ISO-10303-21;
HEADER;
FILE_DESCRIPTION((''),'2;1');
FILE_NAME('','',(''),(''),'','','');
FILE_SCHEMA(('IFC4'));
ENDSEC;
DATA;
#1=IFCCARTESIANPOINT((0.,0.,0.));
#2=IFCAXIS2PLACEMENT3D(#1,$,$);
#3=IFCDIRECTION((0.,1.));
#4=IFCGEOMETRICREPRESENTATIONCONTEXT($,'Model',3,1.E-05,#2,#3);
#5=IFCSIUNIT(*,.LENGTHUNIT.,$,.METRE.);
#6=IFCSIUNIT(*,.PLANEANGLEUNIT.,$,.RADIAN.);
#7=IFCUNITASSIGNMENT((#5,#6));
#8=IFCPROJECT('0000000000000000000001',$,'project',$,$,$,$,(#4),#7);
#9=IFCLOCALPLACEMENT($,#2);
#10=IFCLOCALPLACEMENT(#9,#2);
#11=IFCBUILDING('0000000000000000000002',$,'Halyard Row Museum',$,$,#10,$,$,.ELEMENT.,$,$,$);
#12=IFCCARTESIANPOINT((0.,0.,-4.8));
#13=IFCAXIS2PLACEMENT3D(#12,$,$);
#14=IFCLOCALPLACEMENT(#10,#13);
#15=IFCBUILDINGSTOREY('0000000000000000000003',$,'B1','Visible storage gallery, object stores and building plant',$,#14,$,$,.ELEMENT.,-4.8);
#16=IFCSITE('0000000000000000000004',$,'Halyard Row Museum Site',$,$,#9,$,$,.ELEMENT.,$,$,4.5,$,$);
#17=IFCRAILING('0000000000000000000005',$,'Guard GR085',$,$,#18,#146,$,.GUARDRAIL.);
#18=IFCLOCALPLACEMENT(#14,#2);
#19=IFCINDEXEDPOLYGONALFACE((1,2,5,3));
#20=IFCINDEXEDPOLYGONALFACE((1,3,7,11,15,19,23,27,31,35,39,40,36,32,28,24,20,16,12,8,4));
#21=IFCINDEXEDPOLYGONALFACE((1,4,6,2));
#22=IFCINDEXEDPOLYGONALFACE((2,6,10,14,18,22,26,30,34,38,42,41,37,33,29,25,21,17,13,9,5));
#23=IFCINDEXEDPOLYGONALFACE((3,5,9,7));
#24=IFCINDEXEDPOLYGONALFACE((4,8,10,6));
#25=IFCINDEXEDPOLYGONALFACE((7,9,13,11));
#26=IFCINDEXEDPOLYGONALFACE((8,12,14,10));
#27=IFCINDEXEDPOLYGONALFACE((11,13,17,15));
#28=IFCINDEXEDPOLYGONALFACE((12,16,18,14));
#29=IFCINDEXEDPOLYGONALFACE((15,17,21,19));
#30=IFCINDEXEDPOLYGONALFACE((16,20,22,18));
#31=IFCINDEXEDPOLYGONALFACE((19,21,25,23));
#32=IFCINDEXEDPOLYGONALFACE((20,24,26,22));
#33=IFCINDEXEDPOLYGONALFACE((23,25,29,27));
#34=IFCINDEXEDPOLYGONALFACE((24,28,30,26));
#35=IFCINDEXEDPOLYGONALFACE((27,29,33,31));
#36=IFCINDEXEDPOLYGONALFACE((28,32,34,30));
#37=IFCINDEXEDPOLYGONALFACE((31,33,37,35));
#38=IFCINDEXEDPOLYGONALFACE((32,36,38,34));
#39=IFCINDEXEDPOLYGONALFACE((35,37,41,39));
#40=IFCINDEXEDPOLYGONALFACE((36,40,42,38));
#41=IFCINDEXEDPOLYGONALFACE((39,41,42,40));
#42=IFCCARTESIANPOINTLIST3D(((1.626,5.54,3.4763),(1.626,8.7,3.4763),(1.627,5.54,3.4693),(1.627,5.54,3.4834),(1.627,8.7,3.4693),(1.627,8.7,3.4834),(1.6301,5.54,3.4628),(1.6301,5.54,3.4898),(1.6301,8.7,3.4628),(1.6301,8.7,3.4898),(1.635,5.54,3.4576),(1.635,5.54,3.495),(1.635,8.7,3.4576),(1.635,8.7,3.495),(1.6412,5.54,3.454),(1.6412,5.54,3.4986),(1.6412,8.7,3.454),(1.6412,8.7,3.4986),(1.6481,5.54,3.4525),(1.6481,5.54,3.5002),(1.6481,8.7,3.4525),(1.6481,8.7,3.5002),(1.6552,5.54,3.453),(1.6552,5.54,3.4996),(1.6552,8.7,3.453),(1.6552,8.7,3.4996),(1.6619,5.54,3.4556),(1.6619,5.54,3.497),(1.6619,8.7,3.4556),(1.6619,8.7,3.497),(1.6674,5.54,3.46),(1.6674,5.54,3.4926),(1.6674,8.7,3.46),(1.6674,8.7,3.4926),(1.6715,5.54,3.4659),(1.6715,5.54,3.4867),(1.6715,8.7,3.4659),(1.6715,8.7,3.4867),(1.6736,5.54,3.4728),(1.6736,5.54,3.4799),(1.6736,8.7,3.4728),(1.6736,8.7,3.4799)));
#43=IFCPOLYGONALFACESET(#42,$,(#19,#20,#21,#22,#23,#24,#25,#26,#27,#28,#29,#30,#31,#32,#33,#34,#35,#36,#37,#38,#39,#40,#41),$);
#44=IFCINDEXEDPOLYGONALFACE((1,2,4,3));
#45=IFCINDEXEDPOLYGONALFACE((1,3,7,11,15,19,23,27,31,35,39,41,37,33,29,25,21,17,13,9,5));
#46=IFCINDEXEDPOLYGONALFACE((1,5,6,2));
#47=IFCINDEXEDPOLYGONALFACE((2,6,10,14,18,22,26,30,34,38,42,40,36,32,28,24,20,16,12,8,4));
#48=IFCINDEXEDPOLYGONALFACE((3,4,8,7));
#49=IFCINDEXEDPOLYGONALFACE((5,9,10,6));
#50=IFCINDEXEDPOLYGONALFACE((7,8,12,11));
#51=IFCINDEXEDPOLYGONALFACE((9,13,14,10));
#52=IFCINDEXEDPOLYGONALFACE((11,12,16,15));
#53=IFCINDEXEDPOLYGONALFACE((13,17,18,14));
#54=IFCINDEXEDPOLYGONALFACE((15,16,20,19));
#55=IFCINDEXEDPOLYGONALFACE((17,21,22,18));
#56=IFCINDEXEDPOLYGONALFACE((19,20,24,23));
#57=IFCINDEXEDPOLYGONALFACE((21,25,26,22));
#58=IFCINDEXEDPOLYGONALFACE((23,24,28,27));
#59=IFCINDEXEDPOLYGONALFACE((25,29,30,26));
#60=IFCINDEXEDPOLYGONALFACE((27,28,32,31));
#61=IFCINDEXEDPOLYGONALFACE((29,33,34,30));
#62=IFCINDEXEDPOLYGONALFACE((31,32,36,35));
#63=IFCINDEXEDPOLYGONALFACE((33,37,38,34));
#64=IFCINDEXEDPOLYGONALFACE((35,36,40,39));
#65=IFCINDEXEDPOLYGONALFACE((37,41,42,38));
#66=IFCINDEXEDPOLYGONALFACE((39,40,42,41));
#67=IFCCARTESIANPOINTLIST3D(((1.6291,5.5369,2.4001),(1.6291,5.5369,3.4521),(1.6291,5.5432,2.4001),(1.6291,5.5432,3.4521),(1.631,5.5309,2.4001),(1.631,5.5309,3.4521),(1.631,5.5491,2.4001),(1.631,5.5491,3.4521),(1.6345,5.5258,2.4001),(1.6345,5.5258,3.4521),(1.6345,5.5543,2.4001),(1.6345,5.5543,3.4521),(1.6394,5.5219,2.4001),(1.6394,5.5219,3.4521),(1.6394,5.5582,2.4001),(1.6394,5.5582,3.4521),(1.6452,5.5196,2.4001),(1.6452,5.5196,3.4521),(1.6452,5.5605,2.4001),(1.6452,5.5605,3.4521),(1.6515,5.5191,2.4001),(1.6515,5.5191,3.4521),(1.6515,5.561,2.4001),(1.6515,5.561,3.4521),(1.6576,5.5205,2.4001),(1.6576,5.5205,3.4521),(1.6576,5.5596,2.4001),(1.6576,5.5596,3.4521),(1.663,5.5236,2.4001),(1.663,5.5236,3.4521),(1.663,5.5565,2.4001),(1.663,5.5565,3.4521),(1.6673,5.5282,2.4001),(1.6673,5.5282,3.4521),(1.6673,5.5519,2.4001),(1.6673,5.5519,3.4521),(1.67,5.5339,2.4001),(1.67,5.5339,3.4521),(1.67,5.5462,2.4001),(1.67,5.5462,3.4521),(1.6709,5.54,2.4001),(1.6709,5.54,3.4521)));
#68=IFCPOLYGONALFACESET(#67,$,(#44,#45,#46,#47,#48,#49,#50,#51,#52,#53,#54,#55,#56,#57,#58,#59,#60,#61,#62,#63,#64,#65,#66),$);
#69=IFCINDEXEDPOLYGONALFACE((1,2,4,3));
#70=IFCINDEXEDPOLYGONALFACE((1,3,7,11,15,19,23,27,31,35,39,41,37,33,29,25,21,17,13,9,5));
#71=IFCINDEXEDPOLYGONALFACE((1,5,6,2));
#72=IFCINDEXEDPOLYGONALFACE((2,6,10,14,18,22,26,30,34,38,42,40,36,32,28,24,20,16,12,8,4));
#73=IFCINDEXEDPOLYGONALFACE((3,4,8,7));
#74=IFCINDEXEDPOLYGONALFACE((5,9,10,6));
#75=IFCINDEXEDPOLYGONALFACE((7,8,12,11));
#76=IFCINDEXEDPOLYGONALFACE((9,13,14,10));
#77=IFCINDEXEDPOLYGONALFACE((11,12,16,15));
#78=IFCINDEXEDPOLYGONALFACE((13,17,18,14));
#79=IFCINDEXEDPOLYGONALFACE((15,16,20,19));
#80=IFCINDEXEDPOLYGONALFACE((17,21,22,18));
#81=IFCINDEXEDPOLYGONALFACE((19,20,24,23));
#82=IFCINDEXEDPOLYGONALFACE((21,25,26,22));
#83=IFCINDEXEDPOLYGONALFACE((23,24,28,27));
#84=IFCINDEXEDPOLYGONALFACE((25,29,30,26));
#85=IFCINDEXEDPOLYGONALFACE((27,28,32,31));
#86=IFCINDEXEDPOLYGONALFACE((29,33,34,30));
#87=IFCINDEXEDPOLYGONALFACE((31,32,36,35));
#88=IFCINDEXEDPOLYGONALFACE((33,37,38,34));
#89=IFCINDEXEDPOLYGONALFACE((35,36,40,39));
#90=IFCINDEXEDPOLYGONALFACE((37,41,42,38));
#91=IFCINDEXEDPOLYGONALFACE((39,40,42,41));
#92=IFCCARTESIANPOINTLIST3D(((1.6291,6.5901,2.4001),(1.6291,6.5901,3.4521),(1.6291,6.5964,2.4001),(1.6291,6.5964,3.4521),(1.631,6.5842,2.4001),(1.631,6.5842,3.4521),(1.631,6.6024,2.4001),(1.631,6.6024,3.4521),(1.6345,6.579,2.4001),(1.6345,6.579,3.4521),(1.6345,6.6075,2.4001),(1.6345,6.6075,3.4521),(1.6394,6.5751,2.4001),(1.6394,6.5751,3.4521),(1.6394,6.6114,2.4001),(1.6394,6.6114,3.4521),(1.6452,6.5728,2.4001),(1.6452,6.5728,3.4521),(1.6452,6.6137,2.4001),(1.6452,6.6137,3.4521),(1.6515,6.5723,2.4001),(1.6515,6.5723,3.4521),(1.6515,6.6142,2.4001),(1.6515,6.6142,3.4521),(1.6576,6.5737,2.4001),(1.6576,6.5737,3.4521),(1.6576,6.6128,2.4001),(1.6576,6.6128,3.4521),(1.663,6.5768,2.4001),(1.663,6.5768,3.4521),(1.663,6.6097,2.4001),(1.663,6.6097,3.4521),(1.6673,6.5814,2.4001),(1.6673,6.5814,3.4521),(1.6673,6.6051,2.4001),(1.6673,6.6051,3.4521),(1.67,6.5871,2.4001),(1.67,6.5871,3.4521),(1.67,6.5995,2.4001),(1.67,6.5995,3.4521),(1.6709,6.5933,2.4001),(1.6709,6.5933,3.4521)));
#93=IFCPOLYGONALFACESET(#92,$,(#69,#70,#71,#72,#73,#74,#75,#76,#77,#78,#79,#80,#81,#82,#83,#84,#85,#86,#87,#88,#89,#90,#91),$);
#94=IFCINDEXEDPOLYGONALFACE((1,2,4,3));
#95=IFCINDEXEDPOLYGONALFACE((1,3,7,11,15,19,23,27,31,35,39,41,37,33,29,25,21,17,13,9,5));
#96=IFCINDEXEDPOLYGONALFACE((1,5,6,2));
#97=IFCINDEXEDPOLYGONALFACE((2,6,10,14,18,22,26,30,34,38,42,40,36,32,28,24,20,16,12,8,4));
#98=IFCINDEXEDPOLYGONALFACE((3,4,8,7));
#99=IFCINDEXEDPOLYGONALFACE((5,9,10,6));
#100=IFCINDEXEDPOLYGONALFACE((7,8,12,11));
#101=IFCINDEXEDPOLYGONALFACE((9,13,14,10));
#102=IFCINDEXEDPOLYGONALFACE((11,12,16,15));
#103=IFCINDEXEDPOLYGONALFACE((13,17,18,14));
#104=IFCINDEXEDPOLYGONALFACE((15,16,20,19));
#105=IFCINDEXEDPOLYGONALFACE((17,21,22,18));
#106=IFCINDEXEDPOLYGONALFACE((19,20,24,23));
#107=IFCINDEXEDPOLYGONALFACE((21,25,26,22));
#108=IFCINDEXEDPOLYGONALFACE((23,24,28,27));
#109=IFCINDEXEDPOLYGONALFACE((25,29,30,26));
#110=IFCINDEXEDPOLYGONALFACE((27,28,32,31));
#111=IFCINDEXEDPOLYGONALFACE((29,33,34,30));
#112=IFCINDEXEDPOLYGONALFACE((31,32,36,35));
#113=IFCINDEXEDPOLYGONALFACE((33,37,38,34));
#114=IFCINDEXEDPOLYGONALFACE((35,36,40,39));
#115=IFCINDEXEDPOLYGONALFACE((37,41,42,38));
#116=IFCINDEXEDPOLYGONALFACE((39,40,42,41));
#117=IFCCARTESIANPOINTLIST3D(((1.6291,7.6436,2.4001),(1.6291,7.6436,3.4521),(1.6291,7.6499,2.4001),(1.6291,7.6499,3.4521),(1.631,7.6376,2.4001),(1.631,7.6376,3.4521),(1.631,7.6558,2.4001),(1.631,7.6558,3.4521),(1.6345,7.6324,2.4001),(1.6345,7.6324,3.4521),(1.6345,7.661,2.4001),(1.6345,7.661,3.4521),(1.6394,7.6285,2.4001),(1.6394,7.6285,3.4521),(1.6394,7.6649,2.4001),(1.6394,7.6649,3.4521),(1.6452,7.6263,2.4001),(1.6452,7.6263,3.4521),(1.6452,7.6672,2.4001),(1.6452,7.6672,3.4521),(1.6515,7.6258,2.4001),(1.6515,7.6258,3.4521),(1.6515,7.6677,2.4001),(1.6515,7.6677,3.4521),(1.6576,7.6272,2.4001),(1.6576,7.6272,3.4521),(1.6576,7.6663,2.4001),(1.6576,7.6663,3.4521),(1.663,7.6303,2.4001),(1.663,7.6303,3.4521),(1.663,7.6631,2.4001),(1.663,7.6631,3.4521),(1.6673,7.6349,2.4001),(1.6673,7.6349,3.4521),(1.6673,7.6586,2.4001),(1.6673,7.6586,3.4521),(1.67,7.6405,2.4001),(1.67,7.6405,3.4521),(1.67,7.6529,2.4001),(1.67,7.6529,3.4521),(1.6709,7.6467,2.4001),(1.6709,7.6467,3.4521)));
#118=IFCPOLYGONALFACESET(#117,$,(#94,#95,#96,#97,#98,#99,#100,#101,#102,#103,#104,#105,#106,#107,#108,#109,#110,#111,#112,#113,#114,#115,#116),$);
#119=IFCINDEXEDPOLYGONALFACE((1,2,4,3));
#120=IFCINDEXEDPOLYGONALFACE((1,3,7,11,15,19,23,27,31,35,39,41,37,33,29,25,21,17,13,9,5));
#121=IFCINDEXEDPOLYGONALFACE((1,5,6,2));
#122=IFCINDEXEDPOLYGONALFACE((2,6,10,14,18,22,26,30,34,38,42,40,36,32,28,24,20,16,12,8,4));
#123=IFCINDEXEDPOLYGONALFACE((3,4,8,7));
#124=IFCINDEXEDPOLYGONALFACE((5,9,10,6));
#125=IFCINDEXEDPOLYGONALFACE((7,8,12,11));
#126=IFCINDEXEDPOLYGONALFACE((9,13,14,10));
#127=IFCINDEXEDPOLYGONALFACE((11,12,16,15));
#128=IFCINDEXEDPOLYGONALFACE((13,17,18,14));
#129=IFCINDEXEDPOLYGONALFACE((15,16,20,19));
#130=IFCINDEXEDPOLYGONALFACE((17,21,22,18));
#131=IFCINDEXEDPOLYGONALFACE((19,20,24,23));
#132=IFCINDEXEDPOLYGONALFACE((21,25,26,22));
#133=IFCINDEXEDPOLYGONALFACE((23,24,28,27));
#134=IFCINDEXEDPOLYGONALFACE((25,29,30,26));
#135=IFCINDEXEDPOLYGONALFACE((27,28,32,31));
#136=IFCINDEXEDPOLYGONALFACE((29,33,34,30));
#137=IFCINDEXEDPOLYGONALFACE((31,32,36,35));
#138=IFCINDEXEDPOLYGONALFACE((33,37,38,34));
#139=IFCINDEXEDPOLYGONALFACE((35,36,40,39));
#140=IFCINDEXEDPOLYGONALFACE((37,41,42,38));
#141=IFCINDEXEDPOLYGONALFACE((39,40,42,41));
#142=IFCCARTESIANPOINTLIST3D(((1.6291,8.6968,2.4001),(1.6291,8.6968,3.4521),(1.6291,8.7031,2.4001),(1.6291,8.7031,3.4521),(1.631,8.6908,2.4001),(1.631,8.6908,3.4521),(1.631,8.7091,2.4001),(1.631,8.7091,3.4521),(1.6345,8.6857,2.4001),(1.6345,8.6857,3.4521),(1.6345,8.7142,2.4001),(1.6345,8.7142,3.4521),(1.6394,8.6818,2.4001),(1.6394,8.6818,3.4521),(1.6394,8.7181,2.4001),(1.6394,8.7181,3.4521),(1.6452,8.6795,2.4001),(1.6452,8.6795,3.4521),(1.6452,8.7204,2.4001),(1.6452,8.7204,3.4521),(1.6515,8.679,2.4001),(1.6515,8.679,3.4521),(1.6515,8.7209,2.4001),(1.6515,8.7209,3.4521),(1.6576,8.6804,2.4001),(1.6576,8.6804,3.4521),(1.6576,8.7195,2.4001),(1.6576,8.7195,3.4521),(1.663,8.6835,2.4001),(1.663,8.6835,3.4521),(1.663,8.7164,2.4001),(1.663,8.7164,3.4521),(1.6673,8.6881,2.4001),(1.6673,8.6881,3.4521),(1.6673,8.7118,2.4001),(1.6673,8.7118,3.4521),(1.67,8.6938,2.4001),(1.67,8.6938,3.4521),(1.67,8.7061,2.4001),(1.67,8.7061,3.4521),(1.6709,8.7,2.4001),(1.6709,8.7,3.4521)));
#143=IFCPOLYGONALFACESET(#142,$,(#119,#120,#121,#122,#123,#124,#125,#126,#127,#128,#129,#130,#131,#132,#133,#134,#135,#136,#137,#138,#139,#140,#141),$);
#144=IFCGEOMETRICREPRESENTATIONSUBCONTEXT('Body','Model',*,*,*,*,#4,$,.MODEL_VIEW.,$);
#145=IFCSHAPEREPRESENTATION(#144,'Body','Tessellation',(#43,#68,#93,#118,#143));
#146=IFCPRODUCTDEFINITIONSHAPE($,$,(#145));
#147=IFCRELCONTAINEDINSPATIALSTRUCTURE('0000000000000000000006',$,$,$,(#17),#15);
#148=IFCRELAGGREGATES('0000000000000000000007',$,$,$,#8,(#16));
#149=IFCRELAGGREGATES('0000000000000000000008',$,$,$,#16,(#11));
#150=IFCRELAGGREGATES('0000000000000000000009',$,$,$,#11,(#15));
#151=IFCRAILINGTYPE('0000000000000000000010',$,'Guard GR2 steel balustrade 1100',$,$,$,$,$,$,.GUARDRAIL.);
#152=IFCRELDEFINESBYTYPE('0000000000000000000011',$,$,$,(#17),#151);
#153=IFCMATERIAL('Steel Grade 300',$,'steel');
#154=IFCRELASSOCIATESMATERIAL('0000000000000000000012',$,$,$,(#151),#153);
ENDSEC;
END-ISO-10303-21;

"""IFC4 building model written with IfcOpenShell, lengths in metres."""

from ifc_helpers import new_model, si_unit, direction, frame, origin, origin_2d, place, context, subcontext, project, spatial, circle, extrude, material, type_object, element, save


model = new_model("IFC4")

# Units and contexts
model_context = context("Model", 3, precision=1e-05, world=origin(), true_north=direction((0.0, 1.0)))
body_context = subcontext(model_context, "Body", "Model", "MODEL_VIEW")
ifc_project = project(units=[si_unit("LENGTHUNIT", "METRE"), si_unit("PLANEANGLEUNIT", "RADIAN")], contexts=[model_context])

# Site, building, storey
site_placement = place(None, origin())
site = spatial("IfcSite", under=ifc_project, at=site_placement, Name="Halyard Row Museum Site", CompositionType="ELEMENT", RefElevation=4.5)
building_placement = place(site_placement, origin())
building = spatial("IfcBuilding", under=site, at=building_placement, Name="Halyard Row Museum", CompositionType="ELEMENT")
storey_placement = place(building_placement, frame((0.0, 0.0, -4.8)))
storey = spatial("IfcBuildingStorey", under=building, at=storey_placement, Name="B1", Description="Visible storage gallery, object stores and building plant", CompositionType="ELEMENT", Elevation=-4.8)

# Railing
ifc_material_1 = material(Name="Steel Grade 300", Category="steel")
railing_type_1 = type_object("IfcRailingType", Name="Guard GR2 steel balustrade 1100", PredefinedType="GUARDRAIL", material=ifc_material_1)
railing_1_placement = place(storey_placement, frame((1.6499, 5.54, 2.4001)))
element("IfcRailing", 1, at=railing_1_placement, inside=storey, type_object=railing_type_1, Name="Guard GR085", PredefinedType="GUARDRAIL", context=body_context, shape_type="SweptSolid", body=[
    extrude(circle(Radius=0.0239, at=origin_2d()), frame((0.0, 0.0, 1.0762), z_axis=(0.0, 1.0, 0.0), x_axis=(-1.0, 0.0, 0.0)), (0.0, 0.0, 1.0), 3.1599),
    extrude(circle(Radius=0.021, at=origin_2d()), origin(), (0.0, 0.0, 1.0), 1.052),
    extrude(circle(Radius=0.021, at=origin_2d()), frame((0.0, 1.0532, 0.0)), (0.0, 0.0, 1.0), 1.052),
    extrude(circle(Radius=0.021, at=origin_2d()), frame((0.0, 2.1067, 0.0)), (0.0, 0.0, 1.0), 1.052),
    extrude(circle(Radius=0.021, at=origin_2d()), frame((0.0, 3.1599, 0.0)), (0.0, 0.0, 1.0), 1.052),
])

save(model, "model.ifc")
